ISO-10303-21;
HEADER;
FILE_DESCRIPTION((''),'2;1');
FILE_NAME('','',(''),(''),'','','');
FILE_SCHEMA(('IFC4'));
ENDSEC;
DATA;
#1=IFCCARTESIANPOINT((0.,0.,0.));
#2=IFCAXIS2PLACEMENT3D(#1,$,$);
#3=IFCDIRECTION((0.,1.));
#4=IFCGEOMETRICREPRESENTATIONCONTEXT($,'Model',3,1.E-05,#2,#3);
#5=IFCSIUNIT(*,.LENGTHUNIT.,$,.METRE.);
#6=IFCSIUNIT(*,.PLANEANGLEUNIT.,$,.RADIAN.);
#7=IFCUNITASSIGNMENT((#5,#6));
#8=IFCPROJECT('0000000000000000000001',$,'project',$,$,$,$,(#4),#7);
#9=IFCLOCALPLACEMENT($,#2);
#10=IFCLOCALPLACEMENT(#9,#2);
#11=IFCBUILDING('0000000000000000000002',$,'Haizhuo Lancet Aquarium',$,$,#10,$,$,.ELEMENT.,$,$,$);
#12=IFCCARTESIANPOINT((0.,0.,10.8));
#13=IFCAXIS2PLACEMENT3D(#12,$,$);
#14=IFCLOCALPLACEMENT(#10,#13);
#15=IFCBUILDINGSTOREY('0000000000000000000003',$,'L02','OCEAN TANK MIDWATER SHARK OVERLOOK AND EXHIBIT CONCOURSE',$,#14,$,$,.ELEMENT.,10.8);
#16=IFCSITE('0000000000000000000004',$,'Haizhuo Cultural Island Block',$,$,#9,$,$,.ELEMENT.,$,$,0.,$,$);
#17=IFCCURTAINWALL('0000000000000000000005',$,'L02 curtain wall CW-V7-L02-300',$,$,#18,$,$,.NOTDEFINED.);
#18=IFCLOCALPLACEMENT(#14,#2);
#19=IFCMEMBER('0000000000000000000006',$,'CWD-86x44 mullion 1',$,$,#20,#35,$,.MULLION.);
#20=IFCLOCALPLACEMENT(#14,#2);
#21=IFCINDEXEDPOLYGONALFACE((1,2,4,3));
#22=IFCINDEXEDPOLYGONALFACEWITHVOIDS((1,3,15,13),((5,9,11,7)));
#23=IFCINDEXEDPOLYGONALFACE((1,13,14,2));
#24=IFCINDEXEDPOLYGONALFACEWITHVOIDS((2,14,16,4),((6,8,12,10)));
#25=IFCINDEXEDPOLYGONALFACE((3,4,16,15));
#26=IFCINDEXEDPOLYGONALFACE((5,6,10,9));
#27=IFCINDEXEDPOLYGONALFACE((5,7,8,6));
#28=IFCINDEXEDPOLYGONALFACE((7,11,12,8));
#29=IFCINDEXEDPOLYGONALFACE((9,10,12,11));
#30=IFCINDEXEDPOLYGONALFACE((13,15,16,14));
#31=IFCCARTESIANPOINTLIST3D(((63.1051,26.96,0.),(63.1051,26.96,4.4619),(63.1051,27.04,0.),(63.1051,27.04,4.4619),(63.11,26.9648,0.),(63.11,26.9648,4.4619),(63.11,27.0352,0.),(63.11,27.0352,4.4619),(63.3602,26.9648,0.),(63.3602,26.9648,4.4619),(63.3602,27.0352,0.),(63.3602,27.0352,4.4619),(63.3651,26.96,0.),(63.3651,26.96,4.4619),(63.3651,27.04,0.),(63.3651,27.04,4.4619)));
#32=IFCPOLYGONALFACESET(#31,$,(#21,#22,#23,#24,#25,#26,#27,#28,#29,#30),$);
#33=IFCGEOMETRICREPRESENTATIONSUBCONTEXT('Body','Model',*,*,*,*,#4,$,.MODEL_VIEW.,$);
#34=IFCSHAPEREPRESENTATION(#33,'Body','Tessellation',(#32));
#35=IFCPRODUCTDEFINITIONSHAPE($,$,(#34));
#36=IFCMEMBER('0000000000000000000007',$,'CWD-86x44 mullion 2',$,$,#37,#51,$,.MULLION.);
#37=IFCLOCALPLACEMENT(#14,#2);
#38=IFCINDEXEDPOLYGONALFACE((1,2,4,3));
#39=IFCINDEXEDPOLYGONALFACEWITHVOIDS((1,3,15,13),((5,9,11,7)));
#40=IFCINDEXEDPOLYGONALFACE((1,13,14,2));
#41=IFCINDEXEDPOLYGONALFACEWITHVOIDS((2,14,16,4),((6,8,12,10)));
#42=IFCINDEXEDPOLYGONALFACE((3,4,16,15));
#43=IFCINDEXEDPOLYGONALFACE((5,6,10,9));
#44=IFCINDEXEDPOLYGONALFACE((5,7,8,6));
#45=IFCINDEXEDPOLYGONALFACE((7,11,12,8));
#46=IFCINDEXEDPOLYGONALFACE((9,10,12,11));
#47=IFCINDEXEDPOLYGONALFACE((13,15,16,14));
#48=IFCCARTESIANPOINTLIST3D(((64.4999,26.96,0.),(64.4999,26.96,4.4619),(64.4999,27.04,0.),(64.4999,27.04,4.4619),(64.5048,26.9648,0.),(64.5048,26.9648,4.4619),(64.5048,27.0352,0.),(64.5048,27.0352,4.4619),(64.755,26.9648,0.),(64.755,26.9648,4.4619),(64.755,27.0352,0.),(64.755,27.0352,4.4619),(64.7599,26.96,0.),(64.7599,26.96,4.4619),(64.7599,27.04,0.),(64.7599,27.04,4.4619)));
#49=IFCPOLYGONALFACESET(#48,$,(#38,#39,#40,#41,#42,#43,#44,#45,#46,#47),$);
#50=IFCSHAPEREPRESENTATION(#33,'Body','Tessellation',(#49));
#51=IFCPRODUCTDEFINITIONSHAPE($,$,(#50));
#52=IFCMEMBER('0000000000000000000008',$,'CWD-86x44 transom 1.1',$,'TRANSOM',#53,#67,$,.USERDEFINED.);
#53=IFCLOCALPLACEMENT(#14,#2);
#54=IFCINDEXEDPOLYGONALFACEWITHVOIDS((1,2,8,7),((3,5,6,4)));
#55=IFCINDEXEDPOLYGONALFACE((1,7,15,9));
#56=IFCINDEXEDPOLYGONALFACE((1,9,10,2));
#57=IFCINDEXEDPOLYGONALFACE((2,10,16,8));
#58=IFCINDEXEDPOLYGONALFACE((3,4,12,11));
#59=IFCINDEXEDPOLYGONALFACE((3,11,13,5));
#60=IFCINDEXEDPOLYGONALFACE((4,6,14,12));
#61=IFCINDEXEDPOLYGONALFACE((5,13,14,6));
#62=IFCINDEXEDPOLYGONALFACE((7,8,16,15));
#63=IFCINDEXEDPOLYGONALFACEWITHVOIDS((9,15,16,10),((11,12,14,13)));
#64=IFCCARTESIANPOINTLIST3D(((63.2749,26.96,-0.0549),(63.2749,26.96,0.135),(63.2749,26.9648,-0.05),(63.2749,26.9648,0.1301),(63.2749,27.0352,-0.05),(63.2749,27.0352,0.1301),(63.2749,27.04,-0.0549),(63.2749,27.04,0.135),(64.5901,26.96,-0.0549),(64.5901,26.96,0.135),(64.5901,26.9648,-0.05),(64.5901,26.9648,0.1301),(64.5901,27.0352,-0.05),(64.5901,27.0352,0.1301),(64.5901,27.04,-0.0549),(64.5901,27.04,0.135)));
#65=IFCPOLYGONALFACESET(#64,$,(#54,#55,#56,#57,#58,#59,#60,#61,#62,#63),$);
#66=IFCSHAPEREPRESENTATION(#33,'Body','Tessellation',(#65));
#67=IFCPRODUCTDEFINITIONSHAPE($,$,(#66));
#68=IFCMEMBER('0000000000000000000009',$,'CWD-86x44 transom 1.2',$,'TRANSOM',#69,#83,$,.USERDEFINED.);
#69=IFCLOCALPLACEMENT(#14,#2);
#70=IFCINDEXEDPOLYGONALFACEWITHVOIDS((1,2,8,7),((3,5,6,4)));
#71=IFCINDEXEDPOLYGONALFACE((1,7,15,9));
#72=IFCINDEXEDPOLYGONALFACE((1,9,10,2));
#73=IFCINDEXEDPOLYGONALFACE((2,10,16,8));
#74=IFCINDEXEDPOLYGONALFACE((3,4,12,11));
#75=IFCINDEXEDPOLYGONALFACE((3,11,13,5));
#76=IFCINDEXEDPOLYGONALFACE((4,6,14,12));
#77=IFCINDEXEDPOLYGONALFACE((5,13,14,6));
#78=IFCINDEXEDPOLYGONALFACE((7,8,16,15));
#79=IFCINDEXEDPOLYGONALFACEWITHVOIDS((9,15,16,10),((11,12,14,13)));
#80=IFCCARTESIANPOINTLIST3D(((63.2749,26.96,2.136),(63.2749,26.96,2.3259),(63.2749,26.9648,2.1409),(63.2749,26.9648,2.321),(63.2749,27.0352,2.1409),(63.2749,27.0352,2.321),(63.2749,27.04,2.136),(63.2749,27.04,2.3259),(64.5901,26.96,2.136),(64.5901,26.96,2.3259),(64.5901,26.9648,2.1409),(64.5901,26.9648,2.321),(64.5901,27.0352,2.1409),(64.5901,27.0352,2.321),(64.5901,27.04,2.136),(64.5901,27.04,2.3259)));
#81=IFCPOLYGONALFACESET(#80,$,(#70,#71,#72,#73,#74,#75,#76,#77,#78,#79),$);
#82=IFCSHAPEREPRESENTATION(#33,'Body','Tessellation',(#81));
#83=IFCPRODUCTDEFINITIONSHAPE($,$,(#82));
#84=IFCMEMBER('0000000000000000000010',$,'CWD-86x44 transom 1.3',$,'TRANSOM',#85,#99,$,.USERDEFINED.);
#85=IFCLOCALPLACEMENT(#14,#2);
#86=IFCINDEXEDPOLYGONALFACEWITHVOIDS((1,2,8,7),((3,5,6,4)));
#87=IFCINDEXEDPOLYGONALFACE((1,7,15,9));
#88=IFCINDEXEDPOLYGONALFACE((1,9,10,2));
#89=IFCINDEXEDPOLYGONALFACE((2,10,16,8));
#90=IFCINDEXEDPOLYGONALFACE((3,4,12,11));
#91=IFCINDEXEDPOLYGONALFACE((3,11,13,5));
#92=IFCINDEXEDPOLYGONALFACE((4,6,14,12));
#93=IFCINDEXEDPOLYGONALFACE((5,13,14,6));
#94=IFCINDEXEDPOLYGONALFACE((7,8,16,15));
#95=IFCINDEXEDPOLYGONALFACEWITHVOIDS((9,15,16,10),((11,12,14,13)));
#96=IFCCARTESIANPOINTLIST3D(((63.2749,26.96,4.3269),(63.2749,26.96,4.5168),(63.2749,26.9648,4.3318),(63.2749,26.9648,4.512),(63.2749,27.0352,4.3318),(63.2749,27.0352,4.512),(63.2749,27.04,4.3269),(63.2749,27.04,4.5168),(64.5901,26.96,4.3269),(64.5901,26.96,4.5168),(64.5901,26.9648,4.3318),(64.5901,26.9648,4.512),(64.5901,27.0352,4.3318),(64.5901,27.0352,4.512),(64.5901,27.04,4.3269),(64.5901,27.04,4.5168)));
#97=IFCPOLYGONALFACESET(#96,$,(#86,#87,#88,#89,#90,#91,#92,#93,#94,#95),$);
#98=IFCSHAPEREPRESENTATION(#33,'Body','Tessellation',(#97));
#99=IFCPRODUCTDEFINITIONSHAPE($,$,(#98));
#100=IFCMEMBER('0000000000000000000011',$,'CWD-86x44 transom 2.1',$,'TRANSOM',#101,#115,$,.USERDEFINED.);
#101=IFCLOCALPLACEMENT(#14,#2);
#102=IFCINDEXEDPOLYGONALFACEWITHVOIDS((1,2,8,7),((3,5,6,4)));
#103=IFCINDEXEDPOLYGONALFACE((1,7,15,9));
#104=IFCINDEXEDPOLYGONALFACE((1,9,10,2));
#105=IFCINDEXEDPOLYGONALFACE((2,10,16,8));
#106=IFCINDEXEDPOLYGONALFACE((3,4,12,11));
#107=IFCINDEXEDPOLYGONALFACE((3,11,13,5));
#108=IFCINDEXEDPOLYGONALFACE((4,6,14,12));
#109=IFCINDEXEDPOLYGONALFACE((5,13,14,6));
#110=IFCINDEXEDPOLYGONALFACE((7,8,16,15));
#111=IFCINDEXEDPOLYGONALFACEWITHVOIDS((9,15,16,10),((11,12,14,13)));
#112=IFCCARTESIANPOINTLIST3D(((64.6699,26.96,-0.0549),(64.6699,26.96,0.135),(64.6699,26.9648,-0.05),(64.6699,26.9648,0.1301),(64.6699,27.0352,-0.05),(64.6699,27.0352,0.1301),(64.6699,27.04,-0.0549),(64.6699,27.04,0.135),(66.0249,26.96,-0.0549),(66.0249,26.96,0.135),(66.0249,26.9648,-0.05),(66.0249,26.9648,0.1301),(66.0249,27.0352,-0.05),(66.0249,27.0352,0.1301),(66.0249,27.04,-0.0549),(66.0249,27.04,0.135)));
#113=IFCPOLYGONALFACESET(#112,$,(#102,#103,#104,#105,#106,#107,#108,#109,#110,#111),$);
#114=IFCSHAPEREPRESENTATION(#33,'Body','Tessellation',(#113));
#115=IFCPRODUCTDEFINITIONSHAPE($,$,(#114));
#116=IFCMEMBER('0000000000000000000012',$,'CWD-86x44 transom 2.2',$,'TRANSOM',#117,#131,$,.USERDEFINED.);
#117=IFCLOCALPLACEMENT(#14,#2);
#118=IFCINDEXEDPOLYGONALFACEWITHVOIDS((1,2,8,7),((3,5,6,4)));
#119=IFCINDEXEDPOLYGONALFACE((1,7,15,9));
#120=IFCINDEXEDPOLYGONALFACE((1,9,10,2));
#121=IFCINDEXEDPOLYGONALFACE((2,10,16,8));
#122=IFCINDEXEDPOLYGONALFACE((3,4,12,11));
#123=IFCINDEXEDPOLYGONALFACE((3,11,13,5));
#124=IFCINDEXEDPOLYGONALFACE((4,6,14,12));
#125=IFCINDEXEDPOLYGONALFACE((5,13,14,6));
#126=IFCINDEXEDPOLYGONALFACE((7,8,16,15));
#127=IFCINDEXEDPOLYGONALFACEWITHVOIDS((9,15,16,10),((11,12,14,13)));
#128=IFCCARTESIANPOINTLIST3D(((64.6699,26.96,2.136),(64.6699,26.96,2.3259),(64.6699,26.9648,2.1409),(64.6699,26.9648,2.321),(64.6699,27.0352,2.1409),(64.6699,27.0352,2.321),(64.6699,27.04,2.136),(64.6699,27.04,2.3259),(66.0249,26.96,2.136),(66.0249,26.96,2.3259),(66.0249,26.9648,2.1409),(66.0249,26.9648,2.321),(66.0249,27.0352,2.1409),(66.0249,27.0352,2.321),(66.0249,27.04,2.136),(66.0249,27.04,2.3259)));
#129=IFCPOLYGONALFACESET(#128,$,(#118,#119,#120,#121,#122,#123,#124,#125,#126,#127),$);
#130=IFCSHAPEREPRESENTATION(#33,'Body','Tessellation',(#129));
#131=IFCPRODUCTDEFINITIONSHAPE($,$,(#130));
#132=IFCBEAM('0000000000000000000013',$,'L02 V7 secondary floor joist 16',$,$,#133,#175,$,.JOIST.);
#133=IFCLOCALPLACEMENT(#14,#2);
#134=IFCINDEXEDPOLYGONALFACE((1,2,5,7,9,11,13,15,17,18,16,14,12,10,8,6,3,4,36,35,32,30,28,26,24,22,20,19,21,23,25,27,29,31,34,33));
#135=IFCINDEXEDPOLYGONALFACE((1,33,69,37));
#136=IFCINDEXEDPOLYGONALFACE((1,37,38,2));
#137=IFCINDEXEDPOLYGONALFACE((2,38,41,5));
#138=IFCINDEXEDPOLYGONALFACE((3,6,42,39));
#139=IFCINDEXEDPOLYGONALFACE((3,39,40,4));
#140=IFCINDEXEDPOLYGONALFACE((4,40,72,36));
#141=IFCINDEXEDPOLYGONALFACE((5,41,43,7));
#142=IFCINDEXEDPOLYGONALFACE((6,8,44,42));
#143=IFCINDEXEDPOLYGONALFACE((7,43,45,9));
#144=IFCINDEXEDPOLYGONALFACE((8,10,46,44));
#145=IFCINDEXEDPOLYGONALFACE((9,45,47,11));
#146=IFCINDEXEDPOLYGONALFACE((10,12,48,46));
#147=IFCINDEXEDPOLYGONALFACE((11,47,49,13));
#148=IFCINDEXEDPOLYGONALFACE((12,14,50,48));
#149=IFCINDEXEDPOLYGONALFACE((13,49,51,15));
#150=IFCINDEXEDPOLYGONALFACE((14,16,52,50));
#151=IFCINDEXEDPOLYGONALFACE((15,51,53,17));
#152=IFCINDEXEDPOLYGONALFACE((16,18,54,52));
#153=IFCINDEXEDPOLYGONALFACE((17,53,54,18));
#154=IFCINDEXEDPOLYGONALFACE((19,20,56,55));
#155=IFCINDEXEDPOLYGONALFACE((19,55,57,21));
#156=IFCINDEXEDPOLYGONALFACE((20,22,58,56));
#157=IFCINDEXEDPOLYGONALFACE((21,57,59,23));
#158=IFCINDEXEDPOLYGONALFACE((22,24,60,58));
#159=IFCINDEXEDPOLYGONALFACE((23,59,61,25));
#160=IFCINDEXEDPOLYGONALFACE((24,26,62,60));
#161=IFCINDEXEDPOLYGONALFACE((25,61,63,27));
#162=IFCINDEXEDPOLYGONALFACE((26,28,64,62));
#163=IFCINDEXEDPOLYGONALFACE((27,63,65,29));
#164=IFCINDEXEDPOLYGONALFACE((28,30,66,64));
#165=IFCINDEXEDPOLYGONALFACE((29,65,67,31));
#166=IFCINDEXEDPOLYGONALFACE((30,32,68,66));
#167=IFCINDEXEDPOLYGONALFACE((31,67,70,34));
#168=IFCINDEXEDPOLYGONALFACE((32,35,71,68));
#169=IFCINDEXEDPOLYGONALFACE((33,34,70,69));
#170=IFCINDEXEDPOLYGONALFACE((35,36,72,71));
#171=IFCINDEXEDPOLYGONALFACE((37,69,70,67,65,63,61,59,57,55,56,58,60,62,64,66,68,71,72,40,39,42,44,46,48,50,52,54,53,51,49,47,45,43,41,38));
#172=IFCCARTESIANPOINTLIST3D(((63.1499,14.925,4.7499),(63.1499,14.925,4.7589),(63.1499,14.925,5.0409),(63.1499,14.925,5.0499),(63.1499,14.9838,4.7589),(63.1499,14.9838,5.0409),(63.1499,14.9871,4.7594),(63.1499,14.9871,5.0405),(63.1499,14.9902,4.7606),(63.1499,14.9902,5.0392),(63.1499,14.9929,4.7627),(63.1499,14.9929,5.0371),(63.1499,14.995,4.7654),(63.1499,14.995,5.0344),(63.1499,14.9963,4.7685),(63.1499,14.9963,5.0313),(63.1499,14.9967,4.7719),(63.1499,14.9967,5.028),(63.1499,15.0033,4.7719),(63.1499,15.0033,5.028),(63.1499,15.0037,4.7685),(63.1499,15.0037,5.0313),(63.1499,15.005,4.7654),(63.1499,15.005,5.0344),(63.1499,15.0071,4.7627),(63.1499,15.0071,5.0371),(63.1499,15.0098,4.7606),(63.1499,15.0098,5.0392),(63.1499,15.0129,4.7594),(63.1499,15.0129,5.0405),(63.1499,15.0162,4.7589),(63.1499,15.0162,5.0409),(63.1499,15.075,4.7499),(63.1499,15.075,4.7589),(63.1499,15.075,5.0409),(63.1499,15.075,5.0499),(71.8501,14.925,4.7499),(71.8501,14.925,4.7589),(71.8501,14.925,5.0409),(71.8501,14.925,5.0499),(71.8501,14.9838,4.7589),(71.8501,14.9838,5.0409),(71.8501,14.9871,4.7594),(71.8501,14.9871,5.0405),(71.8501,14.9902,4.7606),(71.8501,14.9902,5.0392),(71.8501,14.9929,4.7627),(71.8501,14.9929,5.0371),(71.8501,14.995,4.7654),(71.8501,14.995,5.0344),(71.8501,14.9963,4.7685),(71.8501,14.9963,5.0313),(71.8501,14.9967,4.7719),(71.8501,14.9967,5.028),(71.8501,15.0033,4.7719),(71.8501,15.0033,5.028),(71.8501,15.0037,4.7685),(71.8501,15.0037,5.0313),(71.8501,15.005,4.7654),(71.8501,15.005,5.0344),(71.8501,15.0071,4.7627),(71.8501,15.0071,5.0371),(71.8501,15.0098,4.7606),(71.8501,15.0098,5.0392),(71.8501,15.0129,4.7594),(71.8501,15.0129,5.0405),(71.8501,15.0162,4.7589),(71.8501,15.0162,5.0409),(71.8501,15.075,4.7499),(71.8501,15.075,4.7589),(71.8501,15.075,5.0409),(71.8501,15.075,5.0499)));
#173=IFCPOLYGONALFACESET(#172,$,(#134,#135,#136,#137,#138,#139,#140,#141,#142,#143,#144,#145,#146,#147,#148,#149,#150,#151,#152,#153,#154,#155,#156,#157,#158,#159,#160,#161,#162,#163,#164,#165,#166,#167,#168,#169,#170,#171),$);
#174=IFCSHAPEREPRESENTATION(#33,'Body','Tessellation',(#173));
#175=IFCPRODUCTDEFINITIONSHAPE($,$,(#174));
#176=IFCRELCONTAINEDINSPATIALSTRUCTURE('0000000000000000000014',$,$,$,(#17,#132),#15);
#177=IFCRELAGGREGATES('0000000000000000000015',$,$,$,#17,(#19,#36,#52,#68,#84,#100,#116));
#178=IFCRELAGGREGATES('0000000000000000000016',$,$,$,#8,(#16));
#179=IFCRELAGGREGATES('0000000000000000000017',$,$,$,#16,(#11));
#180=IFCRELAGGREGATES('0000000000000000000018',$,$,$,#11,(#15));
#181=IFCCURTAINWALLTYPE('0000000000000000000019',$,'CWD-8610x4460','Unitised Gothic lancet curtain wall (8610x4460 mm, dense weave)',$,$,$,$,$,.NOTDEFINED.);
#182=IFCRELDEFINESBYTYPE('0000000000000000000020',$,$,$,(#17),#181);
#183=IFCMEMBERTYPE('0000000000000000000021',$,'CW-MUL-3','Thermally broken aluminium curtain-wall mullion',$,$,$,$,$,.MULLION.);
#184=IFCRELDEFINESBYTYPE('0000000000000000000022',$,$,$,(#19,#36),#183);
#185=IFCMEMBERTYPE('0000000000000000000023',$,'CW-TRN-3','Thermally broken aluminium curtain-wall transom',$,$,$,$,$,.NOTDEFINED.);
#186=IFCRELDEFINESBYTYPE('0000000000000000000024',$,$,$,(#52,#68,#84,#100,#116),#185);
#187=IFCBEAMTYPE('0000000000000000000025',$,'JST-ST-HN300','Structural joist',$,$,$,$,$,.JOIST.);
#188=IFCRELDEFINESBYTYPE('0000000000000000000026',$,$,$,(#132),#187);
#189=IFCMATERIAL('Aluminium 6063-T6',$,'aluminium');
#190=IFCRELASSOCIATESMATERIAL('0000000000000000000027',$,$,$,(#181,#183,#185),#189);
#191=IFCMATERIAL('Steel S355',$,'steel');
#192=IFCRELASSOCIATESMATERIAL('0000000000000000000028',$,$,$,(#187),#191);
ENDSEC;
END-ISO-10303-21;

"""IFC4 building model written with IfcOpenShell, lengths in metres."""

from ifc_helpers import new_model, si_unit, direction, frame, origin, origin_2d, place, context, subcontext, project, spatial, hollow_rectangle, i_section, extrude, material, material_profile, profile_set, type_object, element, aggregate, save


model = new_model("IFC4")

# Units and contexts
model_context = context("Model", 3, precision=1e-05, world=origin(), true_north=direction((0.0, 1.0)))
body_context = subcontext(model_context, "Body", "Model", "MODEL_VIEW")
ifc_project = project(units=[si_unit("LENGTHUNIT", "METRE"), si_unit("PLANEANGLEUNIT", "RADIAN")], contexts=[model_context])

# Site, building, storey
site_placement = place(None, origin())
site = spatial("IfcSite", under=ifc_project, at=site_placement, Name="Haizhuo Cultural Island Block", CompositionType="ELEMENT", RefElevation=0.0)
building_placement = place(site_placement, origin())
building = spatial("IfcBuilding", under=site, at=building_placement, Name="Haizhuo Lancet Aquarium", CompositionType="ELEMENT")
storey_placement = place(building_placement, frame((0.0, 0.0, 10.8)))
storey = spatial("IfcBuildingStorey", under=building, at=storey_placement, Name="L02", Description="OCEAN TANK MIDWATER SHARK OVERLOOK AND EXHIBIT CONCOURSE", CompositionType="ELEMENT", Elevation=10.8)

# Curtain wall, members
ifc_material_1 = material(Name="Aluminium 6063-T6", Category="aluminium")
curtain_wall_type = type_object("IfcCurtainWallType", Name="CWD-8610x4460", Description="Unitised Gothic lancet curtain wall (8610x4460 mm, dense weave)", PredefinedType="NOTDEFINED", material=ifc_material_1)
curtain_wall_placement = place(storey_placement, origin())
curtain_wall = element("IfcCurtainWall", 1, at=curtain_wall_placement, inside=storey, type_object=curtain_wall_type, Name="L02 curtain wall CW-V7-L02-300", PredefinedType="NOTDEFINED")
ifc_material_profile_1 = material_profile(ifc_material_1, hollow_rectangle(XDim=0.0801, YDim=0.26, WallThickness=0.0049, at=origin_2d()), Name="ALU-M 80x260x5")
ifc_profile_set_1 = profile_set([ifc_material_profile_1], Name="Aluminium 6063-T6")
member_type_1 = type_object("IfcMemberType", Name="CW-MUL-3", Description="Thermally broken aluminium curtain-wall mullion", PredefinedType="MULLION", material=ifc_profile_set_1)
member_1_placement = place(storey_placement, frame((63.2351, 27.0, 0.0), z_axis=(0.0, 0.0, 1.0), x_axis=(0.0, 1.0, 0.0)))
member_1 = element("IfcMember", 2, at=member_1_placement, type_object=member_type_1, Name="CWD-86x44 mullion 1", PredefinedType="MULLION", context=body_context, shape_type="SweptSolid", body=[
    extrude(hollow_rectangle(XDim=0.0801, YDim=0.26, WallThickness=0.0049, at=origin_2d()), origin(), (0.0, 0.0, 1.0), 4.4619),
])
member_2_placement = place(storey_placement, frame((64.6299, 27.0, 0.0), z_axis=(0.0, 0.0, 1.0), x_axis=(0.0, 1.0, 0.0)))
member_2 = element("IfcMember", 3, at=member_2_placement, type_object=member_type_1, Name="CWD-86x44 mullion 2", PredefinedType="MULLION", context=body_context, shape_type="SweptSolid", body=[
    extrude(hollow_rectangle(XDim=0.0801, YDim=0.26, WallThickness=0.0049, at=origin_2d()), origin(), (0.0, 0.0, 1.0), 4.4619),
])
ifc_material_profile_2 = material_profile(ifc_material_1, hollow_rectangle(XDim=0.0801, YDim=0.1899, WallThickness=0.0049, at=origin_2d()), Name="ALU-T 80x190x5")
ifc_profile_set_2 = profile_set([ifc_material_profile_2], Name="Aluminium 6063-T6")
member_type_2 = type_object("IfcMemberType", Name="CW-TRN-3", Description="Thermally broken aluminium curtain-wall transom", PredefinedType="NOTDEFINED", material=ifc_profile_set_2)
member_3_placement = place(storey_placement, frame((63.2749, 27.0, 0.04), z_axis=(1.0, 0.0, 0.0), x_axis=(0.0, 1.0, 0.0)))
member_3 = element("IfcMember", 4, at=member_3_placement, type_object=member_type_2, Name="CWD-86x44 transom 1.1", ObjectType="TRANSOM", PredefinedType="USERDEFINED", context=body_context, shape_type="SweptSolid", body=[
    extrude(hollow_rectangle(XDim=0.0801, YDim=0.1899, WallThickness=0.0049, at=origin_2d()), origin(), (0.0, 0.0, 1.0), 1.3152),
])
member_4_placement = place(storey_placement, frame((63.2749, 27.0, 2.231), z_axis=(1.0, 0.0, 0.0), x_axis=(0.0, 1.0, 0.0)))
member_4 = element("IfcMember", 5, at=member_4_placement, type_object=member_type_2, Name="CWD-86x44 transom 1.2", ObjectType="TRANSOM", PredefinedType="USERDEFINED", context=body_context, shape_type="SweptSolid", body=[
    extrude(hollow_rectangle(XDim=0.0801, YDim=0.1899, WallThickness=0.0049, at=origin_2d()), origin(), (0.0, 0.0, 1.0), 1.3152),
])
member_5_placement = place(storey_placement, frame((63.2749, 27.0, 4.4219), z_axis=(1.0, 0.0, 0.0), x_axis=(0.0, 1.0, 0.0)))
member_5 = element("IfcMember", 6, at=member_5_placement, type_object=member_type_2, Name="CWD-86x44 transom 1.3", ObjectType="TRANSOM", PredefinedType="USERDEFINED", context=body_context, shape_type="SweptSolid", body=[
    extrude(hollow_rectangle(XDim=0.0801, YDim=0.1899, WallThickness=0.0049, at=origin_2d()), origin(), (0.0, 0.0, 1.0), 1.3152),
])
member_6_placement = place(storey_placement, frame((64.6699, 27.0, 0.04), z_axis=(1.0, 0.0, 0.0), x_axis=(0.0, 1.0, 0.0)))
member_6 = element("IfcMember", 7, at=member_6_placement, type_object=member_type_2, Name="CWD-86x44 transom 2.1", ObjectType="TRANSOM", PredefinedType="USERDEFINED", context=body_context, shape_type="SweptSolid", body=[
    extrude(hollow_rectangle(XDim=0.0801, YDim=0.1899, WallThickness=0.0049, at=origin_2d()), origin(), (0.0, 0.0, 1.0), 1.355),
])
member_7_placement = place(storey_placement, frame((64.6699, 27.0, 2.231), z_axis=(1.0, 0.0, 0.0), x_axis=(0.0, 1.0, 0.0)))
member_7 = element("IfcMember", 8, at=member_7_placement, type_object=member_type_2, Name="CWD-86x44 transom 2.2", ObjectType="TRANSOM", PredefinedType="USERDEFINED", context=body_context, shape_type="SweptSolid", body=[
    extrude(hollow_rectangle(XDim=0.0801, YDim=0.1899, WallThickness=0.0049, at=origin_2d()), origin(), (0.0, 0.0, 1.0), 1.355),
])

# Beam
ifc_material_2 = material(Name="Steel S355", Category="steel")
ifc_material_profile_3 = material_profile(ifc_material_2, i_section(OverallWidth=0.1499, OverallDepth=0.3, WebThickness=0.0066, FlangeThickness=0.009, FilletRadius=0.0129, at=origin_2d()), Name="HN 300x150x6.5x9")
ifc_profile_set_3 = profile_set([ifc_material_profile_3], Name="Steel S355")
beam_type_1 = type_object("IfcBeamType", Name="JST-ST-HN300", Description="Structural joist", PredefinedType="JOIST", material=ifc_profile_set_3)
beam_1_placement = place(storey_placement, frame((63.1499, 15.0, 4.8999), z_axis=(1.0, 0.0, 0.0), x_axis=(0.0, 1.0, 0.0)))
element("IfcBeam", 9, at=beam_1_placement, inside=storey, type_object=beam_type_1, Name="L02 V7 secondary floor joist 16", PredefinedType="JOIST", context=body_context, shape_type="SweptSolid", body=[
    extrude(i_section(OverallWidth=0.1499, OverallDepth=0.3, WebThickness=0.0066, FlangeThickness=0.009, FilletRadius=0.0129, at=origin_2d()), origin(), (0.0, 0.0, 1.0), 8.7002),
])

aggregate(curtain_wall, [member_1, member_2, member_3, member_4, member_5, member_6, member_7])

save(model, "model.ifc")
